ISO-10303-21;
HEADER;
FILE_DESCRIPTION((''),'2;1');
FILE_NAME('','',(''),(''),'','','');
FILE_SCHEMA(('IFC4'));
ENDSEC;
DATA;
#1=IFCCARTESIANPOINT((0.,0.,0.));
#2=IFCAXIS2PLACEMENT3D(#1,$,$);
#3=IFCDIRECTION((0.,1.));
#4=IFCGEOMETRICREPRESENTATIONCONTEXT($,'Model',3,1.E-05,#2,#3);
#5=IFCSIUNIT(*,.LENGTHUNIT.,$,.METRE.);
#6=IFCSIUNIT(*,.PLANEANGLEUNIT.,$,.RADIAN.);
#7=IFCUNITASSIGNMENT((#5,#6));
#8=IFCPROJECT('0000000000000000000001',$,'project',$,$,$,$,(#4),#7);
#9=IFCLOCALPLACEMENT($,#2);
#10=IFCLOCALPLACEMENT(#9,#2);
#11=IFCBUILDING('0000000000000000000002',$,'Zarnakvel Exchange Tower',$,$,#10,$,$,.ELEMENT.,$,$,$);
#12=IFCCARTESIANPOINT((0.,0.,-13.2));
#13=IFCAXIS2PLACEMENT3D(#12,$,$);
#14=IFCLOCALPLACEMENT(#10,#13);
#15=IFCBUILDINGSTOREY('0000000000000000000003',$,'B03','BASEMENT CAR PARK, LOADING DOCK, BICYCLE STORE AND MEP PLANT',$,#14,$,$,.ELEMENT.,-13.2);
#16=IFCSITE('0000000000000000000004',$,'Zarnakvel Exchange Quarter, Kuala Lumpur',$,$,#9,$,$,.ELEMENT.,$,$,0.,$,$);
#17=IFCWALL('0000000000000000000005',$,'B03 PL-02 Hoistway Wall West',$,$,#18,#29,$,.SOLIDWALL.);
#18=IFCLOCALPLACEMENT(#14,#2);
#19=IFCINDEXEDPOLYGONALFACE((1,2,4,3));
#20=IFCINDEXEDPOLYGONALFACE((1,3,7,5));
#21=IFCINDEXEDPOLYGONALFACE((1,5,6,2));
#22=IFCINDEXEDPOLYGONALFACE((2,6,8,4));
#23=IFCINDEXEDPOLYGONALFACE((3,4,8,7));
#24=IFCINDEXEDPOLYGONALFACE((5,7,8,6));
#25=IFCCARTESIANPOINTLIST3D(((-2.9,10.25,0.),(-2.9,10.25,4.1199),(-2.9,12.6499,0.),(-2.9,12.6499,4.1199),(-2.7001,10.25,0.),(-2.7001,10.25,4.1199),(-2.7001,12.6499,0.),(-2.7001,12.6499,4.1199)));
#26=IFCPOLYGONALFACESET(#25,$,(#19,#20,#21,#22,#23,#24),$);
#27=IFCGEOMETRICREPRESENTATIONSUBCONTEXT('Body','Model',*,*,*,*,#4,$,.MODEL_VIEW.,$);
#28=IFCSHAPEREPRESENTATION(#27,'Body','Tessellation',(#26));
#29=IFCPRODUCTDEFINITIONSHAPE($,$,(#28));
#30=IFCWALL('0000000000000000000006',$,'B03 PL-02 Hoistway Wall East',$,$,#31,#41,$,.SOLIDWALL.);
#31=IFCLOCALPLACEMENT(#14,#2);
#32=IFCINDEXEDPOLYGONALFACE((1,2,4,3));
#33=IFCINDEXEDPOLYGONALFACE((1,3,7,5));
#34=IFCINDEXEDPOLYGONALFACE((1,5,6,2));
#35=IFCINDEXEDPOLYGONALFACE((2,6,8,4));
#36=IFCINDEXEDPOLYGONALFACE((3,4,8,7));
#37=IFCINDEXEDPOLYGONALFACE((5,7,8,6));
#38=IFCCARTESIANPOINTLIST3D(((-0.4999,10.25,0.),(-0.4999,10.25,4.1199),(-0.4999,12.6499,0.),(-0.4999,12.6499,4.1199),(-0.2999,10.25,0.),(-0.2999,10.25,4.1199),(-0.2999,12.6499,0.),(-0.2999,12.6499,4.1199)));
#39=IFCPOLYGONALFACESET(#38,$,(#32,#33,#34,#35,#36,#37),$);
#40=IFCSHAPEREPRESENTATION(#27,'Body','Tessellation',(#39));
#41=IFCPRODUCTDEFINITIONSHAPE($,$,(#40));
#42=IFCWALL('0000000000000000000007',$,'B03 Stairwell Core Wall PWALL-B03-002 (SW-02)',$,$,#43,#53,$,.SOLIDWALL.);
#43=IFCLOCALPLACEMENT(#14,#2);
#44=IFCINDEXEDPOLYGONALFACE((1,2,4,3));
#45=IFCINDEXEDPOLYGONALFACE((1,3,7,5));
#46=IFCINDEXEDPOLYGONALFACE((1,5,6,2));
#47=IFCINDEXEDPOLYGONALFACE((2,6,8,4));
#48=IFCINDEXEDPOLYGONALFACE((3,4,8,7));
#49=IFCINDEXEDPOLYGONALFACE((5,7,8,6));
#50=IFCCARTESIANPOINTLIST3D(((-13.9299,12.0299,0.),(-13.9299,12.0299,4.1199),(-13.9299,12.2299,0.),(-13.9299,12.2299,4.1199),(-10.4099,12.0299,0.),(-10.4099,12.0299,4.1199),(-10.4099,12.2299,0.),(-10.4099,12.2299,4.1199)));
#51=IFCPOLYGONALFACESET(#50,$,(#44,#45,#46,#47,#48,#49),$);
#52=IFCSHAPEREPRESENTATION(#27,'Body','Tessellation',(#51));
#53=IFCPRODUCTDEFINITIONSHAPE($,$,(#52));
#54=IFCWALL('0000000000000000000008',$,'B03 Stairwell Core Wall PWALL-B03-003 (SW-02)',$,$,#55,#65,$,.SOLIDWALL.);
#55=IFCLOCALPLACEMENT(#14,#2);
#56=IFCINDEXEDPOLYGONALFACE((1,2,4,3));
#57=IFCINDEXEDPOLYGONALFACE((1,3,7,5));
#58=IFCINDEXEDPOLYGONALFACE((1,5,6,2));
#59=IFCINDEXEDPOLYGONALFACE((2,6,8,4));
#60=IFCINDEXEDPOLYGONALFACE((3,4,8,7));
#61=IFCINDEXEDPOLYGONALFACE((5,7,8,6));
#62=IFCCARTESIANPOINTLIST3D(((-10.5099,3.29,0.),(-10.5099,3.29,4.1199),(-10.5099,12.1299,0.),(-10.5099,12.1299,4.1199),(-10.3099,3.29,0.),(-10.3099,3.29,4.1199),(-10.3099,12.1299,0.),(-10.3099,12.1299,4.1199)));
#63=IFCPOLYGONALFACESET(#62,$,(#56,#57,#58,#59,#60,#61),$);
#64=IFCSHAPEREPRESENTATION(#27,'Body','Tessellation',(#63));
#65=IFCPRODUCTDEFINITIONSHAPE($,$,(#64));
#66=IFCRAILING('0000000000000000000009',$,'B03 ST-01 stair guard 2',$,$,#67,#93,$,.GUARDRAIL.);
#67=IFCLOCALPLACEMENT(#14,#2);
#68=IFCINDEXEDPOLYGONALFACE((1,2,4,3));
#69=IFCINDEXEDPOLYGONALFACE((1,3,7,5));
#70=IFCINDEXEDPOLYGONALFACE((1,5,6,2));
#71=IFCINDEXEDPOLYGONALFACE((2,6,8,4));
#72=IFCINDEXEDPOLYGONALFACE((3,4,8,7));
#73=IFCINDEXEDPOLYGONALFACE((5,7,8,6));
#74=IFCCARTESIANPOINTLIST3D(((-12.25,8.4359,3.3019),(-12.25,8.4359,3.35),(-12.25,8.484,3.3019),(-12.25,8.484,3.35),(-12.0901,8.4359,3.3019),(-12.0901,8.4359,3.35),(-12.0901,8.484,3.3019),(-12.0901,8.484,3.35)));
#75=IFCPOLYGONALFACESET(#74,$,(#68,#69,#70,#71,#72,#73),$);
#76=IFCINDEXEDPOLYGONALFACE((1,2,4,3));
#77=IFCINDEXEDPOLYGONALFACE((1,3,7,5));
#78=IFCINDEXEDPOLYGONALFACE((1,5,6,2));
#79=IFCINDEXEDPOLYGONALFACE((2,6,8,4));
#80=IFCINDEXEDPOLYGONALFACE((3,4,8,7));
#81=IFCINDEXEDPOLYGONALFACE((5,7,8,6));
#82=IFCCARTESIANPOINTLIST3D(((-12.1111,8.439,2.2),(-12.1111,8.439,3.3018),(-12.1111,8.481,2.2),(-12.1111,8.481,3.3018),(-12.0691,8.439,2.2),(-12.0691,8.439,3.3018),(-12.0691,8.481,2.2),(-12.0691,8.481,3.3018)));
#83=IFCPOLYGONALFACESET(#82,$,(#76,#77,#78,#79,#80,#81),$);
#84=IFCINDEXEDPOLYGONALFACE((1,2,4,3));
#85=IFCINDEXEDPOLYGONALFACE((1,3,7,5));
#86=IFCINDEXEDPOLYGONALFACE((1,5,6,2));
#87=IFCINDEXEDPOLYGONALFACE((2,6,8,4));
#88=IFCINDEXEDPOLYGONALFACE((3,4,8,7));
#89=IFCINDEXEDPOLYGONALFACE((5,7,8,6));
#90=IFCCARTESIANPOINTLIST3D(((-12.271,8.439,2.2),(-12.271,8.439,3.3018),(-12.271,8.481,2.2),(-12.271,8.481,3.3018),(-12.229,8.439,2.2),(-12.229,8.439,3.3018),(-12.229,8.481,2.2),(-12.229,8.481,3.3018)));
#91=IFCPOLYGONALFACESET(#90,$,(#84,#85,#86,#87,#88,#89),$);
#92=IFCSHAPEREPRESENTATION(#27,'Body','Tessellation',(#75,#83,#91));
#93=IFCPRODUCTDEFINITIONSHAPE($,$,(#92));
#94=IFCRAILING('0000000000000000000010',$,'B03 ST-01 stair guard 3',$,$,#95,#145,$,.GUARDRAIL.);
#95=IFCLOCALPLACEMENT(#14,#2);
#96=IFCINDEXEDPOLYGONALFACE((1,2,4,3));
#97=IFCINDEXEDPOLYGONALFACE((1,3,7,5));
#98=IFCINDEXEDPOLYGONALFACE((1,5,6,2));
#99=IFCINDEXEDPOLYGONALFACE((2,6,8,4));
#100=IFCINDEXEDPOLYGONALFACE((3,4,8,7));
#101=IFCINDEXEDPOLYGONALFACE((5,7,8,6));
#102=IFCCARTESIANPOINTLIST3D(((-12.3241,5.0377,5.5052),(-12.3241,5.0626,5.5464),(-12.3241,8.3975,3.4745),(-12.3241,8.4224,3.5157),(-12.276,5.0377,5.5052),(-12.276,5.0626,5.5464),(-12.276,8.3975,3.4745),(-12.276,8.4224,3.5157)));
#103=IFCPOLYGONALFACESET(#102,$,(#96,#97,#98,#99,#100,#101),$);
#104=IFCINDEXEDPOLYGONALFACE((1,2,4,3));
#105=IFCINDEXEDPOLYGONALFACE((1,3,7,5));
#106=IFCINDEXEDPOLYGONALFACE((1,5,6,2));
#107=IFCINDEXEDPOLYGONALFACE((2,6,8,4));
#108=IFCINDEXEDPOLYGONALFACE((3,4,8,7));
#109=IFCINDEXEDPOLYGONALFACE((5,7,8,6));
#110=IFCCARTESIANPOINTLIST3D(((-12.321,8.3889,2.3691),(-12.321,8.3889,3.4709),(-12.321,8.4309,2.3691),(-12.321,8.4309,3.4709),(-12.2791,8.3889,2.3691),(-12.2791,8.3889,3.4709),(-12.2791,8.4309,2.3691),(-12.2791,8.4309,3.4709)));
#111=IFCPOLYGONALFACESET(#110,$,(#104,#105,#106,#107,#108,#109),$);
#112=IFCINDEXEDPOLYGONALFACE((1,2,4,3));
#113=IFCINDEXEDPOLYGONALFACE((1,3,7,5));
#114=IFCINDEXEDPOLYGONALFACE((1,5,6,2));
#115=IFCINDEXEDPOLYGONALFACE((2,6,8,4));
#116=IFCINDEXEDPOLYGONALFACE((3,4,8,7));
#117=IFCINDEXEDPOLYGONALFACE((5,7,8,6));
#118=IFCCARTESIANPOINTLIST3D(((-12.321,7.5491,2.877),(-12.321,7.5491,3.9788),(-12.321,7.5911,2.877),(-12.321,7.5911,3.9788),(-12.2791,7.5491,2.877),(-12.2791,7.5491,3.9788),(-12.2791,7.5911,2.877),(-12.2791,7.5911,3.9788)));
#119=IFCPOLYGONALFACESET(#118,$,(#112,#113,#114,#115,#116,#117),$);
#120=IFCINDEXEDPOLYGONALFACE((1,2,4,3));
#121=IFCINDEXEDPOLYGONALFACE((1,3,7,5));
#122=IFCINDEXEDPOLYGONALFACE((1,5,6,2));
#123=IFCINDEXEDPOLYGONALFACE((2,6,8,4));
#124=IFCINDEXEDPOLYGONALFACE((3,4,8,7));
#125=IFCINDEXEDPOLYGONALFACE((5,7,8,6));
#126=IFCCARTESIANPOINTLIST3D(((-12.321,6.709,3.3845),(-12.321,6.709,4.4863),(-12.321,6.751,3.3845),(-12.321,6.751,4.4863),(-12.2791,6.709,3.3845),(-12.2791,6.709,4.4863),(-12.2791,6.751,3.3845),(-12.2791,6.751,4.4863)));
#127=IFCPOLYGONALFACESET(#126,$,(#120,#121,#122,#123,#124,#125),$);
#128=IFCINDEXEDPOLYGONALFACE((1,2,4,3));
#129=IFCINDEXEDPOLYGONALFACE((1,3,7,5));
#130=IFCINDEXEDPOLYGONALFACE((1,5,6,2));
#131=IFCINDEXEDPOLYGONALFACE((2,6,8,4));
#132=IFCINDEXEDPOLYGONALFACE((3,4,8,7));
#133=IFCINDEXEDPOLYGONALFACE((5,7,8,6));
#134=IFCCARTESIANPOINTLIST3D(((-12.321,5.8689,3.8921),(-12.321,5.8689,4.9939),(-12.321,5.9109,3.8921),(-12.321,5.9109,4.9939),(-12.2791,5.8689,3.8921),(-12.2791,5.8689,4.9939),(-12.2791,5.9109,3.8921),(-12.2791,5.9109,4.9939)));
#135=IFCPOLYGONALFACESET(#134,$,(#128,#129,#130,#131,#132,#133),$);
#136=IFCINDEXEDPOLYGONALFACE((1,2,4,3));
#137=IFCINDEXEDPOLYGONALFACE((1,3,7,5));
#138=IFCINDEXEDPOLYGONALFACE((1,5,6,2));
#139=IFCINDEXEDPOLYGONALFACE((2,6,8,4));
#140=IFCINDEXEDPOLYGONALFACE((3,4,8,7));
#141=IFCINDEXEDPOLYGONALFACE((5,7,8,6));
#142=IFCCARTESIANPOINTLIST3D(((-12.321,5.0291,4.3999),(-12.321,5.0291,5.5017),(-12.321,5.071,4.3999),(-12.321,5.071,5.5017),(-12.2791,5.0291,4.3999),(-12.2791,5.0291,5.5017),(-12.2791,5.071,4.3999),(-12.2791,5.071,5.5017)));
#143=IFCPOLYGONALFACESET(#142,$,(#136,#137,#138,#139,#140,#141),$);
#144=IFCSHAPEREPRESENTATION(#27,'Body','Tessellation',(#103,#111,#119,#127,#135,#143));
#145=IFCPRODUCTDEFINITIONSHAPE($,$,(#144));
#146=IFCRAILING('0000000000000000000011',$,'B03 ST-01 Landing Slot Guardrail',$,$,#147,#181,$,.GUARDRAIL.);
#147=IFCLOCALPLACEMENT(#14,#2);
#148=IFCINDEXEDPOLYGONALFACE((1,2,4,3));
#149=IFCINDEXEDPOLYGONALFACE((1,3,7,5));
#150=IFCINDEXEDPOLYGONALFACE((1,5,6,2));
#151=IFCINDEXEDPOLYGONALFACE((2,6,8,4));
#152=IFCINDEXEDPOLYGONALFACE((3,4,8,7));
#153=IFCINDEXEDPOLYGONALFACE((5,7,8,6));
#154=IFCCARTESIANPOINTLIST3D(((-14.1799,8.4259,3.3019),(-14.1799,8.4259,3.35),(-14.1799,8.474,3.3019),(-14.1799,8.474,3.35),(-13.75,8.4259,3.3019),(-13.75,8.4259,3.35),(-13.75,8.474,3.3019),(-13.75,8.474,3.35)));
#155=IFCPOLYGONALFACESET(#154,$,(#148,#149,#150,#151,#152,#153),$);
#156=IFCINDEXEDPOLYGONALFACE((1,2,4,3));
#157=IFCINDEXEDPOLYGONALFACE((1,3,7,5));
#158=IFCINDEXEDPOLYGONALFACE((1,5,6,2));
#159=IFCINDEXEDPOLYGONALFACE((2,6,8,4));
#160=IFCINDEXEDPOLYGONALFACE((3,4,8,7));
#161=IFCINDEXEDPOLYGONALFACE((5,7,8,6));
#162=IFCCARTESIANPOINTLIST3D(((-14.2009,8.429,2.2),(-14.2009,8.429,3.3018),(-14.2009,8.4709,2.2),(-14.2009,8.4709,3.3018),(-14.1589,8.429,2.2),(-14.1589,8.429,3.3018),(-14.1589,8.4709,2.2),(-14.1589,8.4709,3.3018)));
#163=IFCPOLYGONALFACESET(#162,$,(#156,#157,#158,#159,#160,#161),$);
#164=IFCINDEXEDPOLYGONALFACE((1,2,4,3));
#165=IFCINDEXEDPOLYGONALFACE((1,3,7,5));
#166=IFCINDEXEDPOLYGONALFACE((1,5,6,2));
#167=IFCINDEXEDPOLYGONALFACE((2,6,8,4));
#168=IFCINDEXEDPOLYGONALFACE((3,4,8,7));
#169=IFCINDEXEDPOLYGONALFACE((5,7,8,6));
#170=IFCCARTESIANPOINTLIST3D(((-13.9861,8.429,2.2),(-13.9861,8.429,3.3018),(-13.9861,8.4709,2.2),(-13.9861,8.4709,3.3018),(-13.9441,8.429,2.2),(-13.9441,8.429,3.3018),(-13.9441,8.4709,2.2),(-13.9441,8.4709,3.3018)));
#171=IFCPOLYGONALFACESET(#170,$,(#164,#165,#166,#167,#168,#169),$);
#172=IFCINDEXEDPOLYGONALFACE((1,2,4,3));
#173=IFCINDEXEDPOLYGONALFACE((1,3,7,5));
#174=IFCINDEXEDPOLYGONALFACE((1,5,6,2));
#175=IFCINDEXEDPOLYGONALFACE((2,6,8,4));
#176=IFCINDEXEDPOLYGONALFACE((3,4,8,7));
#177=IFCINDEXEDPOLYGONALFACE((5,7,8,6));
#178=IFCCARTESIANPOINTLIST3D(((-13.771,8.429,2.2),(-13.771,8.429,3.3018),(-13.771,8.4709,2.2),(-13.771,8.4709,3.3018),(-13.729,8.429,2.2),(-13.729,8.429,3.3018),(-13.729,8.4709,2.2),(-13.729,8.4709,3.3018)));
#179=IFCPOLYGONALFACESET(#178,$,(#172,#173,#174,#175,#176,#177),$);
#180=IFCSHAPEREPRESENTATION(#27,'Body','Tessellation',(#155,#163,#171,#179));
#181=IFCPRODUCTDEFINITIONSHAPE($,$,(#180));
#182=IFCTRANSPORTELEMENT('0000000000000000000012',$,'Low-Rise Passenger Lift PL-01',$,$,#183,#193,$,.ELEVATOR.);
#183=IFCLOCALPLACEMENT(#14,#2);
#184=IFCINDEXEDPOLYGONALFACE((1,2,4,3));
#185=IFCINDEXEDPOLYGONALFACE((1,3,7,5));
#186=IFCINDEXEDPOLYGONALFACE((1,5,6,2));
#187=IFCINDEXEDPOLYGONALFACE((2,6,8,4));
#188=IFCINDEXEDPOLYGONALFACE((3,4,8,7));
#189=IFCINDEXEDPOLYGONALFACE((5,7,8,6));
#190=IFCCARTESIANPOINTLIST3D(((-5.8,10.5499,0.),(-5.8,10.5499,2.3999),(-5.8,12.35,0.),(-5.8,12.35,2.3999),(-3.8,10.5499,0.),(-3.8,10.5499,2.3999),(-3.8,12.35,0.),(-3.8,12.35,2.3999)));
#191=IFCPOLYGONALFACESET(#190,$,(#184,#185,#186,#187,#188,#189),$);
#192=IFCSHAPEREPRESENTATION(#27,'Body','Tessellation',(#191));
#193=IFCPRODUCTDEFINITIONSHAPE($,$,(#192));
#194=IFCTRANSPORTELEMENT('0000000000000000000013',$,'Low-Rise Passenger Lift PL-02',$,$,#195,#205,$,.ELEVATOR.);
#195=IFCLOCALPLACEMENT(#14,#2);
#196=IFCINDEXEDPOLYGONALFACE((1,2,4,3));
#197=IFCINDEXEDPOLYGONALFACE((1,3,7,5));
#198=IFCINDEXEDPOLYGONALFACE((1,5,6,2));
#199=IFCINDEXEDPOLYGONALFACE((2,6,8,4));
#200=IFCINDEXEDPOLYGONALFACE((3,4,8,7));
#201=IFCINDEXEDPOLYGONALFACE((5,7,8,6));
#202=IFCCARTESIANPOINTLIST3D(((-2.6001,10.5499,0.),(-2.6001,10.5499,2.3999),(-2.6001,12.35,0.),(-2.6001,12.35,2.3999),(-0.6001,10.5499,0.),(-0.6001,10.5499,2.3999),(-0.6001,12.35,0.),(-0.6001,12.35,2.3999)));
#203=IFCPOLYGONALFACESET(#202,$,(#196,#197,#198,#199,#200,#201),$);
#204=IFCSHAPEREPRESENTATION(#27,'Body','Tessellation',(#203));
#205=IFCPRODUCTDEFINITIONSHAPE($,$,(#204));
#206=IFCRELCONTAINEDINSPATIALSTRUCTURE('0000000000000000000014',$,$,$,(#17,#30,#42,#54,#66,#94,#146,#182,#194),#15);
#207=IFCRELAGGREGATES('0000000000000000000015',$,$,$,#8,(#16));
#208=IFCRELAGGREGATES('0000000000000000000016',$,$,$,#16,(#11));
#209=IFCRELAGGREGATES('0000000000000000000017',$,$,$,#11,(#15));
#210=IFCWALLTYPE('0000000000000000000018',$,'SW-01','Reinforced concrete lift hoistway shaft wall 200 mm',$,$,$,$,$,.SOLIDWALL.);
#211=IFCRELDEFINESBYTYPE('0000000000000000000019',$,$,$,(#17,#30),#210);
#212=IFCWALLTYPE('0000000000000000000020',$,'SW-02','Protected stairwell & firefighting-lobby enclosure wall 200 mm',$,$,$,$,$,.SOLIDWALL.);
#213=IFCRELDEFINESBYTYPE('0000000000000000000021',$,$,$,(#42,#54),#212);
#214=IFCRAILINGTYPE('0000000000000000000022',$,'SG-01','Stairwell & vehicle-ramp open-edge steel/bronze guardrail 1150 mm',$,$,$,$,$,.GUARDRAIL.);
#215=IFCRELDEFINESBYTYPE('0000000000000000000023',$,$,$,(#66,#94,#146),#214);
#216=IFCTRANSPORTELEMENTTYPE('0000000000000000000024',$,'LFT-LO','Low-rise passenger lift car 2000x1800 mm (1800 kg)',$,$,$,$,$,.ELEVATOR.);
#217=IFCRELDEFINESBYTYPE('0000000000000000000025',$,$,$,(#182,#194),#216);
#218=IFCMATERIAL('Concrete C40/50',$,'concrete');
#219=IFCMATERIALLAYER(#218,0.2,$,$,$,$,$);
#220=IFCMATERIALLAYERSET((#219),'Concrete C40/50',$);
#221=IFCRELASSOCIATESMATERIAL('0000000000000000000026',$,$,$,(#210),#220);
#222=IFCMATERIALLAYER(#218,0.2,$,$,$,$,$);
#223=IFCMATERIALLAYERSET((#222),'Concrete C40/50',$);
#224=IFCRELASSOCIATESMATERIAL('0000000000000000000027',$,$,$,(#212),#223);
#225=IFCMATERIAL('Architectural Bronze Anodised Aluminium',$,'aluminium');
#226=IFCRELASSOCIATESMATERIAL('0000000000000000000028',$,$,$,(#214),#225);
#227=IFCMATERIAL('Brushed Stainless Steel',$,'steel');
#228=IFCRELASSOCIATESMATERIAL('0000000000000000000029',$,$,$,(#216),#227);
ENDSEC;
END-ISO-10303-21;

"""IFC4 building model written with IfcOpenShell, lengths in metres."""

from ifc_helpers import new_model, si_unit, direction, frame, frame_2d, origin, origin_2d, place, context, subcontext, project, spatial, rectangle, extrude, source, transform, mapped, material, layer, layer_set, type_object, element, save


model = new_model("IFC4")

# Units and contexts
model_context = context("Model", 3, precision=1e-05, world=origin(), true_north=direction((0.0, 1.0)))
body_context = subcontext(model_context, "Body", "Model", "MODEL_VIEW")
ifc_project = project(units=[si_unit("LENGTHUNIT", "METRE"), si_unit("PLANEANGLEUNIT", "RADIAN")], contexts=[model_context])

# Site, building, storey
site_placement = place(None, origin())
site = spatial("IfcSite", under=ifc_project, at=site_placement, Name="Zarnakvel Exchange Quarter, Kuala Lumpur", CompositionType="ELEMENT", RefElevation=0.0)
building_placement = place(site_placement, origin())
building = spatial("IfcBuilding", under=site, at=building_placement, Name="Zarnakvel Exchange Tower", CompositionType="ELEMENT")
storey_placement = place(building_placement, frame((0.0, 0.0, -13.2)))
storey = spatial("IfcBuildingStorey", under=building, at=storey_placement, Name="B03", Description="BASEMENT CAR PARK, LOADING DOCK, BICYCLE STORE AND MEP PLANT", CompositionType="ELEMENT", Elevation=-13.2)

# Shared definitions
ifc_material_1 = material(Name="Concrete C40/50", Category="concrete")
ifc_layer_1 = layer(ifc_material_1, 0.2)
ifc_layer_set_1 = layer_set([ifc_layer_1], Name="Concrete C40/50")
wall_type_1 = type_object("IfcWallType", Name="SW-01", Description="Reinforced concrete lift hoistway shaft wall 200 mm", PredefinedType="SOLIDWALL", material=ifc_layer_set_1)
ifc_material_2 = material(Name="Architectural Bronze Anodised Aluminium", Category="aluminium")

# Walls
for number, where, z_axis, x_axis, name in (
    (1, (-2.8, 10.25, 0.0), (0.0, 0.0, 1.0), (0.0, 1.0, 0.0), "B03 PL-02 Hoistway Wall West"),
    (2, (-0.3999, 12.6499, 0.0), (0.0, 0.0, 1.0), (0.0, -1.0, 0.0), "B03 PL-02 Hoistway Wall East"),
):
    element("IfcWall", number, at=place(storey_placement, frame(where, z_axis=z_axis, x_axis=x_axis)), inside=storey, type_object=wall_type_1, Name=name, PredefinedType="SOLIDWALL", context=body_context, shape_type="SweptSolid", body=[
        extrude(rectangle(XDim=2.3999, YDim=0.2, at=frame_2d((1.2, 0.0))), origin(), (0.0, 0.0, 1.0), 4.1199),
    ])
ifc_layer_2 = layer(ifc_material_1, 0.2)
ifc_layer_set_2 = layer_set([ifc_layer_2], Name="Concrete C40/50")
wall_type_2 = type_object("IfcWallType", Name="SW-02", Description="Protected stairwell & firefighting-lobby enclosure wall 200 mm", PredefinedType="SOLIDWALL", material=ifc_layer_set_2)
wall_1_placement = place(storey_placement, frame((-13.9299, 12.1299, 0.0), z_axis=(0.0, 0.0, 1.0), x_axis=(1.0, 0.0, 0.0)))
element("IfcWall", 3, at=wall_1_placement, inside=storey, type_object=wall_type_2, Name="B03 Stairwell Core Wall PWALL-B03-002 (SW-02)", PredefinedType="SOLIDWALL", context=body_context, shape_type="SweptSolid", body=[
    extrude(rectangle(XDim=3.52, YDim=0.2, at=frame_2d((1.76, 0.0))), origin(), (0.0, 0.0, 1.0), 4.1199),
])
wall_2_placement = place(storey_placement, frame((-10.4099, 12.1299, 0.0), z_axis=(0.0, 0.0, 1.0), x_axis=(0.0, -1.0, 0.0)))
element("IfcWall", 4, at=wall_2_placement, inside=storey, type_object=wall_type_2, Name="B03 Stairwell Core Wall PWALL-B03-003 (SW-02)", PredefinedType="SOLIDWALL", context=body_context, shape_type="SweptSolid", body=[
    extrude(rectangle(XDim=8.8398, YDim=0.2, at=frame_2d((4.4199, 0.0))), origin(), (0.0, 0.0, 1.0), 4.1199),
])

# Railings
railing_type = type_object("IfcRailingType", Name="SG-01", Description="Stairwell & vehicle-ramp open-edge steel/bronze guardrail 1150 mm", PredefinedType="GUARDRAIL", material=ifc_material_2)
railing_1_placement = place(storey_placement, frame((-12.0901, 8.46, 2.2)))
element("IfcRailing", 5, at=railing_1_placement, inside=storey, type_object=railing_type, Name="B03 ST-01 stair guard 2", PredefinedType="GUARDRAIL", context=body_context, shape_type="SweptSolid", body=[
    extrude(rectangle(XDim=0.0481, YDim=0.0481, at=origin_2d()), frame((0.0, 0.0, 1.126), z_axis=(-1.0, 0.0, 0.0), x_axis=(0.0, -1.0, 0.0)), (0.0, 0.0, 1.0), 0.1599),
    extrude(rectangle(XDim=0.042, YDim=0.042, at=origin_2d()), origin(), (0.0, 0.0, 1.0), 1.1018),
    extrude(rectangle(XDim=0.042, YDim=0.042, at=origin_2d()), frame((-0.1599, 0.0, 0.0)), (0.0, 0.0, 1.0), 1.1018),
])
railing_2_placement = place(storey_placement, frame((-12.3, 8.4099, 2.3691)))
element("IfcRailing", 6, at=railing_2_placement, inside=storey, type_object=railing_type, Name="B03 ST-01 stair guard 3", PredefinedType="GUARDRAIL", context=body_context, shape_type="SweptSolid", body=[
    extrude(rectangle(XDim=0.0481, YDim=0.0481, at=origin_2d()), frame((0.0, 0.0, 1.126), z_axis=(0.0, -0.85582, 0.517273), x_axis=(1.0, 0.0, 0.0)), (0.0, 0.0, 1.0), 3.9258),
    extrude(rectangle(XDim=0.042, YDim=0.042, at=origin_2d()), origin(), (0.0, 0.0, 1.0), 1.1018),
    extrude(rectangle(XDim=0.042, YDim=0.042, at=origin_2d()), frame((0.0, -0.8398, 0.5078)), (0.0, 0.0, 1.0), 1.1018),
    extrude(rectangle(XDim=0.042, YDim=0.042, at=origin_2d()), frame((0.0, -1.6799, 1.0154)), (0.0, 0.0, 1.0), 1.1018),
    extrude(rectangle(XDim=0.042, YDim=0.042, at=origin_2d()), frame((0.0, -2.52, 1.5229)), (0.0, 0.0, 1.0), 1.1018),
    extrude(rectangle(XDim=0.042, YDim=0.042, at=origin_2d()), frame((0.0, -3.3599, 2.0308)), (0.0, 0.0, 1.0), 1.1018),
])
railing_3_placement = place(storey_placement, frame((-14.1799, 8.45, 2.2)))
element("IfcRailing", 7, at=railing_3_placement, inside=storey, type_object=railing_type, Name="B03 ST-01 Landing Slot Guardrail", PredefinedType="GUARDRAIL", context=body_context, shape_type="SweptSolid", body=[
    extrude(rectangle(XDim=0.0481, YDim=0.0481, at=origin_2d()), frame((0.0, 0.0, 1.126), z_axis=(1.0, 0.0, 0.0), x_axis=(0.0, 1.0, 0.0)), (0.0, 0.0, 1.0), 0.4299),
    extrude(rectangle(XDim=0.042, YDim=0.042, at=origin_2d()), origin(), (0.0, 0.0, 1.0), 1.1018),
    extrude(rectangle(XDim=0.042, YDim=0.042, at=origin_2d()), frame((0.2148, 0.0, 0.0)), (0.0, 0.0, 1.0), 1.1018),
    extrude(rectangle(XDim=0.042, YDim=0.042, at=origin_2d()), frame((0.4299, 0.0, 0.0)), (0.0, 0.0, 1.0), 1.1018),
])

# Transport elements
ifc_material_3 = material(Name="Brushed Stainless Steel", Category="steel")
transport_element_type = type_object("IfcTransportElementType", Name="LFT-LO", Description="Low-rise passenger lift car 2000x1800 mm (1800 kg)", PredefinedType="ELEVATOR", material=ifc_material_3)
shared_shape_1 = source(origin(), body_context, "Body", "SweptSolid", [
    extrude(rectangle(XDim=2.0, YDim=1.8, at=origin_2d()), origin(), (0.0, 0.0, 1.0), 2.3999),
])
for number, where, z_axis, x_axis, name in (
    (8, (-4.8, 11.45, 0.0), (0.0, 0.0, 1.0), (1.0, 0.0, 0.0), "Low-Rise Passenger Lift PL-01"),
    (9, (-1.6001, 11.45, 0.0), (0.0, 0.0, 1.0), (1.0, 0.0, 0.0), "Low-Rise Passenger Lift PL-02"),
):
    element("IfcTransportElement", number, at=place(storey_placement, frame(where, z_axis=z_axis, x_axis=x_axis)), inside=storey, type_object=transport_element_type, Name=name, PredefinedType="ELEVATOR", context=body_context, shape_type="MappedRepresentation", body=[
        mapped(shared_shape_1, transform((0.0, 0.0, 0.0), x_axis=(1.0, 0.0, 0.0), y_axis=(0.0, 1.0, 0.0), z_axis=(0.0, 0.0, 1.0), scale=1.0)),
    ])

save(model, "model.ifc")
